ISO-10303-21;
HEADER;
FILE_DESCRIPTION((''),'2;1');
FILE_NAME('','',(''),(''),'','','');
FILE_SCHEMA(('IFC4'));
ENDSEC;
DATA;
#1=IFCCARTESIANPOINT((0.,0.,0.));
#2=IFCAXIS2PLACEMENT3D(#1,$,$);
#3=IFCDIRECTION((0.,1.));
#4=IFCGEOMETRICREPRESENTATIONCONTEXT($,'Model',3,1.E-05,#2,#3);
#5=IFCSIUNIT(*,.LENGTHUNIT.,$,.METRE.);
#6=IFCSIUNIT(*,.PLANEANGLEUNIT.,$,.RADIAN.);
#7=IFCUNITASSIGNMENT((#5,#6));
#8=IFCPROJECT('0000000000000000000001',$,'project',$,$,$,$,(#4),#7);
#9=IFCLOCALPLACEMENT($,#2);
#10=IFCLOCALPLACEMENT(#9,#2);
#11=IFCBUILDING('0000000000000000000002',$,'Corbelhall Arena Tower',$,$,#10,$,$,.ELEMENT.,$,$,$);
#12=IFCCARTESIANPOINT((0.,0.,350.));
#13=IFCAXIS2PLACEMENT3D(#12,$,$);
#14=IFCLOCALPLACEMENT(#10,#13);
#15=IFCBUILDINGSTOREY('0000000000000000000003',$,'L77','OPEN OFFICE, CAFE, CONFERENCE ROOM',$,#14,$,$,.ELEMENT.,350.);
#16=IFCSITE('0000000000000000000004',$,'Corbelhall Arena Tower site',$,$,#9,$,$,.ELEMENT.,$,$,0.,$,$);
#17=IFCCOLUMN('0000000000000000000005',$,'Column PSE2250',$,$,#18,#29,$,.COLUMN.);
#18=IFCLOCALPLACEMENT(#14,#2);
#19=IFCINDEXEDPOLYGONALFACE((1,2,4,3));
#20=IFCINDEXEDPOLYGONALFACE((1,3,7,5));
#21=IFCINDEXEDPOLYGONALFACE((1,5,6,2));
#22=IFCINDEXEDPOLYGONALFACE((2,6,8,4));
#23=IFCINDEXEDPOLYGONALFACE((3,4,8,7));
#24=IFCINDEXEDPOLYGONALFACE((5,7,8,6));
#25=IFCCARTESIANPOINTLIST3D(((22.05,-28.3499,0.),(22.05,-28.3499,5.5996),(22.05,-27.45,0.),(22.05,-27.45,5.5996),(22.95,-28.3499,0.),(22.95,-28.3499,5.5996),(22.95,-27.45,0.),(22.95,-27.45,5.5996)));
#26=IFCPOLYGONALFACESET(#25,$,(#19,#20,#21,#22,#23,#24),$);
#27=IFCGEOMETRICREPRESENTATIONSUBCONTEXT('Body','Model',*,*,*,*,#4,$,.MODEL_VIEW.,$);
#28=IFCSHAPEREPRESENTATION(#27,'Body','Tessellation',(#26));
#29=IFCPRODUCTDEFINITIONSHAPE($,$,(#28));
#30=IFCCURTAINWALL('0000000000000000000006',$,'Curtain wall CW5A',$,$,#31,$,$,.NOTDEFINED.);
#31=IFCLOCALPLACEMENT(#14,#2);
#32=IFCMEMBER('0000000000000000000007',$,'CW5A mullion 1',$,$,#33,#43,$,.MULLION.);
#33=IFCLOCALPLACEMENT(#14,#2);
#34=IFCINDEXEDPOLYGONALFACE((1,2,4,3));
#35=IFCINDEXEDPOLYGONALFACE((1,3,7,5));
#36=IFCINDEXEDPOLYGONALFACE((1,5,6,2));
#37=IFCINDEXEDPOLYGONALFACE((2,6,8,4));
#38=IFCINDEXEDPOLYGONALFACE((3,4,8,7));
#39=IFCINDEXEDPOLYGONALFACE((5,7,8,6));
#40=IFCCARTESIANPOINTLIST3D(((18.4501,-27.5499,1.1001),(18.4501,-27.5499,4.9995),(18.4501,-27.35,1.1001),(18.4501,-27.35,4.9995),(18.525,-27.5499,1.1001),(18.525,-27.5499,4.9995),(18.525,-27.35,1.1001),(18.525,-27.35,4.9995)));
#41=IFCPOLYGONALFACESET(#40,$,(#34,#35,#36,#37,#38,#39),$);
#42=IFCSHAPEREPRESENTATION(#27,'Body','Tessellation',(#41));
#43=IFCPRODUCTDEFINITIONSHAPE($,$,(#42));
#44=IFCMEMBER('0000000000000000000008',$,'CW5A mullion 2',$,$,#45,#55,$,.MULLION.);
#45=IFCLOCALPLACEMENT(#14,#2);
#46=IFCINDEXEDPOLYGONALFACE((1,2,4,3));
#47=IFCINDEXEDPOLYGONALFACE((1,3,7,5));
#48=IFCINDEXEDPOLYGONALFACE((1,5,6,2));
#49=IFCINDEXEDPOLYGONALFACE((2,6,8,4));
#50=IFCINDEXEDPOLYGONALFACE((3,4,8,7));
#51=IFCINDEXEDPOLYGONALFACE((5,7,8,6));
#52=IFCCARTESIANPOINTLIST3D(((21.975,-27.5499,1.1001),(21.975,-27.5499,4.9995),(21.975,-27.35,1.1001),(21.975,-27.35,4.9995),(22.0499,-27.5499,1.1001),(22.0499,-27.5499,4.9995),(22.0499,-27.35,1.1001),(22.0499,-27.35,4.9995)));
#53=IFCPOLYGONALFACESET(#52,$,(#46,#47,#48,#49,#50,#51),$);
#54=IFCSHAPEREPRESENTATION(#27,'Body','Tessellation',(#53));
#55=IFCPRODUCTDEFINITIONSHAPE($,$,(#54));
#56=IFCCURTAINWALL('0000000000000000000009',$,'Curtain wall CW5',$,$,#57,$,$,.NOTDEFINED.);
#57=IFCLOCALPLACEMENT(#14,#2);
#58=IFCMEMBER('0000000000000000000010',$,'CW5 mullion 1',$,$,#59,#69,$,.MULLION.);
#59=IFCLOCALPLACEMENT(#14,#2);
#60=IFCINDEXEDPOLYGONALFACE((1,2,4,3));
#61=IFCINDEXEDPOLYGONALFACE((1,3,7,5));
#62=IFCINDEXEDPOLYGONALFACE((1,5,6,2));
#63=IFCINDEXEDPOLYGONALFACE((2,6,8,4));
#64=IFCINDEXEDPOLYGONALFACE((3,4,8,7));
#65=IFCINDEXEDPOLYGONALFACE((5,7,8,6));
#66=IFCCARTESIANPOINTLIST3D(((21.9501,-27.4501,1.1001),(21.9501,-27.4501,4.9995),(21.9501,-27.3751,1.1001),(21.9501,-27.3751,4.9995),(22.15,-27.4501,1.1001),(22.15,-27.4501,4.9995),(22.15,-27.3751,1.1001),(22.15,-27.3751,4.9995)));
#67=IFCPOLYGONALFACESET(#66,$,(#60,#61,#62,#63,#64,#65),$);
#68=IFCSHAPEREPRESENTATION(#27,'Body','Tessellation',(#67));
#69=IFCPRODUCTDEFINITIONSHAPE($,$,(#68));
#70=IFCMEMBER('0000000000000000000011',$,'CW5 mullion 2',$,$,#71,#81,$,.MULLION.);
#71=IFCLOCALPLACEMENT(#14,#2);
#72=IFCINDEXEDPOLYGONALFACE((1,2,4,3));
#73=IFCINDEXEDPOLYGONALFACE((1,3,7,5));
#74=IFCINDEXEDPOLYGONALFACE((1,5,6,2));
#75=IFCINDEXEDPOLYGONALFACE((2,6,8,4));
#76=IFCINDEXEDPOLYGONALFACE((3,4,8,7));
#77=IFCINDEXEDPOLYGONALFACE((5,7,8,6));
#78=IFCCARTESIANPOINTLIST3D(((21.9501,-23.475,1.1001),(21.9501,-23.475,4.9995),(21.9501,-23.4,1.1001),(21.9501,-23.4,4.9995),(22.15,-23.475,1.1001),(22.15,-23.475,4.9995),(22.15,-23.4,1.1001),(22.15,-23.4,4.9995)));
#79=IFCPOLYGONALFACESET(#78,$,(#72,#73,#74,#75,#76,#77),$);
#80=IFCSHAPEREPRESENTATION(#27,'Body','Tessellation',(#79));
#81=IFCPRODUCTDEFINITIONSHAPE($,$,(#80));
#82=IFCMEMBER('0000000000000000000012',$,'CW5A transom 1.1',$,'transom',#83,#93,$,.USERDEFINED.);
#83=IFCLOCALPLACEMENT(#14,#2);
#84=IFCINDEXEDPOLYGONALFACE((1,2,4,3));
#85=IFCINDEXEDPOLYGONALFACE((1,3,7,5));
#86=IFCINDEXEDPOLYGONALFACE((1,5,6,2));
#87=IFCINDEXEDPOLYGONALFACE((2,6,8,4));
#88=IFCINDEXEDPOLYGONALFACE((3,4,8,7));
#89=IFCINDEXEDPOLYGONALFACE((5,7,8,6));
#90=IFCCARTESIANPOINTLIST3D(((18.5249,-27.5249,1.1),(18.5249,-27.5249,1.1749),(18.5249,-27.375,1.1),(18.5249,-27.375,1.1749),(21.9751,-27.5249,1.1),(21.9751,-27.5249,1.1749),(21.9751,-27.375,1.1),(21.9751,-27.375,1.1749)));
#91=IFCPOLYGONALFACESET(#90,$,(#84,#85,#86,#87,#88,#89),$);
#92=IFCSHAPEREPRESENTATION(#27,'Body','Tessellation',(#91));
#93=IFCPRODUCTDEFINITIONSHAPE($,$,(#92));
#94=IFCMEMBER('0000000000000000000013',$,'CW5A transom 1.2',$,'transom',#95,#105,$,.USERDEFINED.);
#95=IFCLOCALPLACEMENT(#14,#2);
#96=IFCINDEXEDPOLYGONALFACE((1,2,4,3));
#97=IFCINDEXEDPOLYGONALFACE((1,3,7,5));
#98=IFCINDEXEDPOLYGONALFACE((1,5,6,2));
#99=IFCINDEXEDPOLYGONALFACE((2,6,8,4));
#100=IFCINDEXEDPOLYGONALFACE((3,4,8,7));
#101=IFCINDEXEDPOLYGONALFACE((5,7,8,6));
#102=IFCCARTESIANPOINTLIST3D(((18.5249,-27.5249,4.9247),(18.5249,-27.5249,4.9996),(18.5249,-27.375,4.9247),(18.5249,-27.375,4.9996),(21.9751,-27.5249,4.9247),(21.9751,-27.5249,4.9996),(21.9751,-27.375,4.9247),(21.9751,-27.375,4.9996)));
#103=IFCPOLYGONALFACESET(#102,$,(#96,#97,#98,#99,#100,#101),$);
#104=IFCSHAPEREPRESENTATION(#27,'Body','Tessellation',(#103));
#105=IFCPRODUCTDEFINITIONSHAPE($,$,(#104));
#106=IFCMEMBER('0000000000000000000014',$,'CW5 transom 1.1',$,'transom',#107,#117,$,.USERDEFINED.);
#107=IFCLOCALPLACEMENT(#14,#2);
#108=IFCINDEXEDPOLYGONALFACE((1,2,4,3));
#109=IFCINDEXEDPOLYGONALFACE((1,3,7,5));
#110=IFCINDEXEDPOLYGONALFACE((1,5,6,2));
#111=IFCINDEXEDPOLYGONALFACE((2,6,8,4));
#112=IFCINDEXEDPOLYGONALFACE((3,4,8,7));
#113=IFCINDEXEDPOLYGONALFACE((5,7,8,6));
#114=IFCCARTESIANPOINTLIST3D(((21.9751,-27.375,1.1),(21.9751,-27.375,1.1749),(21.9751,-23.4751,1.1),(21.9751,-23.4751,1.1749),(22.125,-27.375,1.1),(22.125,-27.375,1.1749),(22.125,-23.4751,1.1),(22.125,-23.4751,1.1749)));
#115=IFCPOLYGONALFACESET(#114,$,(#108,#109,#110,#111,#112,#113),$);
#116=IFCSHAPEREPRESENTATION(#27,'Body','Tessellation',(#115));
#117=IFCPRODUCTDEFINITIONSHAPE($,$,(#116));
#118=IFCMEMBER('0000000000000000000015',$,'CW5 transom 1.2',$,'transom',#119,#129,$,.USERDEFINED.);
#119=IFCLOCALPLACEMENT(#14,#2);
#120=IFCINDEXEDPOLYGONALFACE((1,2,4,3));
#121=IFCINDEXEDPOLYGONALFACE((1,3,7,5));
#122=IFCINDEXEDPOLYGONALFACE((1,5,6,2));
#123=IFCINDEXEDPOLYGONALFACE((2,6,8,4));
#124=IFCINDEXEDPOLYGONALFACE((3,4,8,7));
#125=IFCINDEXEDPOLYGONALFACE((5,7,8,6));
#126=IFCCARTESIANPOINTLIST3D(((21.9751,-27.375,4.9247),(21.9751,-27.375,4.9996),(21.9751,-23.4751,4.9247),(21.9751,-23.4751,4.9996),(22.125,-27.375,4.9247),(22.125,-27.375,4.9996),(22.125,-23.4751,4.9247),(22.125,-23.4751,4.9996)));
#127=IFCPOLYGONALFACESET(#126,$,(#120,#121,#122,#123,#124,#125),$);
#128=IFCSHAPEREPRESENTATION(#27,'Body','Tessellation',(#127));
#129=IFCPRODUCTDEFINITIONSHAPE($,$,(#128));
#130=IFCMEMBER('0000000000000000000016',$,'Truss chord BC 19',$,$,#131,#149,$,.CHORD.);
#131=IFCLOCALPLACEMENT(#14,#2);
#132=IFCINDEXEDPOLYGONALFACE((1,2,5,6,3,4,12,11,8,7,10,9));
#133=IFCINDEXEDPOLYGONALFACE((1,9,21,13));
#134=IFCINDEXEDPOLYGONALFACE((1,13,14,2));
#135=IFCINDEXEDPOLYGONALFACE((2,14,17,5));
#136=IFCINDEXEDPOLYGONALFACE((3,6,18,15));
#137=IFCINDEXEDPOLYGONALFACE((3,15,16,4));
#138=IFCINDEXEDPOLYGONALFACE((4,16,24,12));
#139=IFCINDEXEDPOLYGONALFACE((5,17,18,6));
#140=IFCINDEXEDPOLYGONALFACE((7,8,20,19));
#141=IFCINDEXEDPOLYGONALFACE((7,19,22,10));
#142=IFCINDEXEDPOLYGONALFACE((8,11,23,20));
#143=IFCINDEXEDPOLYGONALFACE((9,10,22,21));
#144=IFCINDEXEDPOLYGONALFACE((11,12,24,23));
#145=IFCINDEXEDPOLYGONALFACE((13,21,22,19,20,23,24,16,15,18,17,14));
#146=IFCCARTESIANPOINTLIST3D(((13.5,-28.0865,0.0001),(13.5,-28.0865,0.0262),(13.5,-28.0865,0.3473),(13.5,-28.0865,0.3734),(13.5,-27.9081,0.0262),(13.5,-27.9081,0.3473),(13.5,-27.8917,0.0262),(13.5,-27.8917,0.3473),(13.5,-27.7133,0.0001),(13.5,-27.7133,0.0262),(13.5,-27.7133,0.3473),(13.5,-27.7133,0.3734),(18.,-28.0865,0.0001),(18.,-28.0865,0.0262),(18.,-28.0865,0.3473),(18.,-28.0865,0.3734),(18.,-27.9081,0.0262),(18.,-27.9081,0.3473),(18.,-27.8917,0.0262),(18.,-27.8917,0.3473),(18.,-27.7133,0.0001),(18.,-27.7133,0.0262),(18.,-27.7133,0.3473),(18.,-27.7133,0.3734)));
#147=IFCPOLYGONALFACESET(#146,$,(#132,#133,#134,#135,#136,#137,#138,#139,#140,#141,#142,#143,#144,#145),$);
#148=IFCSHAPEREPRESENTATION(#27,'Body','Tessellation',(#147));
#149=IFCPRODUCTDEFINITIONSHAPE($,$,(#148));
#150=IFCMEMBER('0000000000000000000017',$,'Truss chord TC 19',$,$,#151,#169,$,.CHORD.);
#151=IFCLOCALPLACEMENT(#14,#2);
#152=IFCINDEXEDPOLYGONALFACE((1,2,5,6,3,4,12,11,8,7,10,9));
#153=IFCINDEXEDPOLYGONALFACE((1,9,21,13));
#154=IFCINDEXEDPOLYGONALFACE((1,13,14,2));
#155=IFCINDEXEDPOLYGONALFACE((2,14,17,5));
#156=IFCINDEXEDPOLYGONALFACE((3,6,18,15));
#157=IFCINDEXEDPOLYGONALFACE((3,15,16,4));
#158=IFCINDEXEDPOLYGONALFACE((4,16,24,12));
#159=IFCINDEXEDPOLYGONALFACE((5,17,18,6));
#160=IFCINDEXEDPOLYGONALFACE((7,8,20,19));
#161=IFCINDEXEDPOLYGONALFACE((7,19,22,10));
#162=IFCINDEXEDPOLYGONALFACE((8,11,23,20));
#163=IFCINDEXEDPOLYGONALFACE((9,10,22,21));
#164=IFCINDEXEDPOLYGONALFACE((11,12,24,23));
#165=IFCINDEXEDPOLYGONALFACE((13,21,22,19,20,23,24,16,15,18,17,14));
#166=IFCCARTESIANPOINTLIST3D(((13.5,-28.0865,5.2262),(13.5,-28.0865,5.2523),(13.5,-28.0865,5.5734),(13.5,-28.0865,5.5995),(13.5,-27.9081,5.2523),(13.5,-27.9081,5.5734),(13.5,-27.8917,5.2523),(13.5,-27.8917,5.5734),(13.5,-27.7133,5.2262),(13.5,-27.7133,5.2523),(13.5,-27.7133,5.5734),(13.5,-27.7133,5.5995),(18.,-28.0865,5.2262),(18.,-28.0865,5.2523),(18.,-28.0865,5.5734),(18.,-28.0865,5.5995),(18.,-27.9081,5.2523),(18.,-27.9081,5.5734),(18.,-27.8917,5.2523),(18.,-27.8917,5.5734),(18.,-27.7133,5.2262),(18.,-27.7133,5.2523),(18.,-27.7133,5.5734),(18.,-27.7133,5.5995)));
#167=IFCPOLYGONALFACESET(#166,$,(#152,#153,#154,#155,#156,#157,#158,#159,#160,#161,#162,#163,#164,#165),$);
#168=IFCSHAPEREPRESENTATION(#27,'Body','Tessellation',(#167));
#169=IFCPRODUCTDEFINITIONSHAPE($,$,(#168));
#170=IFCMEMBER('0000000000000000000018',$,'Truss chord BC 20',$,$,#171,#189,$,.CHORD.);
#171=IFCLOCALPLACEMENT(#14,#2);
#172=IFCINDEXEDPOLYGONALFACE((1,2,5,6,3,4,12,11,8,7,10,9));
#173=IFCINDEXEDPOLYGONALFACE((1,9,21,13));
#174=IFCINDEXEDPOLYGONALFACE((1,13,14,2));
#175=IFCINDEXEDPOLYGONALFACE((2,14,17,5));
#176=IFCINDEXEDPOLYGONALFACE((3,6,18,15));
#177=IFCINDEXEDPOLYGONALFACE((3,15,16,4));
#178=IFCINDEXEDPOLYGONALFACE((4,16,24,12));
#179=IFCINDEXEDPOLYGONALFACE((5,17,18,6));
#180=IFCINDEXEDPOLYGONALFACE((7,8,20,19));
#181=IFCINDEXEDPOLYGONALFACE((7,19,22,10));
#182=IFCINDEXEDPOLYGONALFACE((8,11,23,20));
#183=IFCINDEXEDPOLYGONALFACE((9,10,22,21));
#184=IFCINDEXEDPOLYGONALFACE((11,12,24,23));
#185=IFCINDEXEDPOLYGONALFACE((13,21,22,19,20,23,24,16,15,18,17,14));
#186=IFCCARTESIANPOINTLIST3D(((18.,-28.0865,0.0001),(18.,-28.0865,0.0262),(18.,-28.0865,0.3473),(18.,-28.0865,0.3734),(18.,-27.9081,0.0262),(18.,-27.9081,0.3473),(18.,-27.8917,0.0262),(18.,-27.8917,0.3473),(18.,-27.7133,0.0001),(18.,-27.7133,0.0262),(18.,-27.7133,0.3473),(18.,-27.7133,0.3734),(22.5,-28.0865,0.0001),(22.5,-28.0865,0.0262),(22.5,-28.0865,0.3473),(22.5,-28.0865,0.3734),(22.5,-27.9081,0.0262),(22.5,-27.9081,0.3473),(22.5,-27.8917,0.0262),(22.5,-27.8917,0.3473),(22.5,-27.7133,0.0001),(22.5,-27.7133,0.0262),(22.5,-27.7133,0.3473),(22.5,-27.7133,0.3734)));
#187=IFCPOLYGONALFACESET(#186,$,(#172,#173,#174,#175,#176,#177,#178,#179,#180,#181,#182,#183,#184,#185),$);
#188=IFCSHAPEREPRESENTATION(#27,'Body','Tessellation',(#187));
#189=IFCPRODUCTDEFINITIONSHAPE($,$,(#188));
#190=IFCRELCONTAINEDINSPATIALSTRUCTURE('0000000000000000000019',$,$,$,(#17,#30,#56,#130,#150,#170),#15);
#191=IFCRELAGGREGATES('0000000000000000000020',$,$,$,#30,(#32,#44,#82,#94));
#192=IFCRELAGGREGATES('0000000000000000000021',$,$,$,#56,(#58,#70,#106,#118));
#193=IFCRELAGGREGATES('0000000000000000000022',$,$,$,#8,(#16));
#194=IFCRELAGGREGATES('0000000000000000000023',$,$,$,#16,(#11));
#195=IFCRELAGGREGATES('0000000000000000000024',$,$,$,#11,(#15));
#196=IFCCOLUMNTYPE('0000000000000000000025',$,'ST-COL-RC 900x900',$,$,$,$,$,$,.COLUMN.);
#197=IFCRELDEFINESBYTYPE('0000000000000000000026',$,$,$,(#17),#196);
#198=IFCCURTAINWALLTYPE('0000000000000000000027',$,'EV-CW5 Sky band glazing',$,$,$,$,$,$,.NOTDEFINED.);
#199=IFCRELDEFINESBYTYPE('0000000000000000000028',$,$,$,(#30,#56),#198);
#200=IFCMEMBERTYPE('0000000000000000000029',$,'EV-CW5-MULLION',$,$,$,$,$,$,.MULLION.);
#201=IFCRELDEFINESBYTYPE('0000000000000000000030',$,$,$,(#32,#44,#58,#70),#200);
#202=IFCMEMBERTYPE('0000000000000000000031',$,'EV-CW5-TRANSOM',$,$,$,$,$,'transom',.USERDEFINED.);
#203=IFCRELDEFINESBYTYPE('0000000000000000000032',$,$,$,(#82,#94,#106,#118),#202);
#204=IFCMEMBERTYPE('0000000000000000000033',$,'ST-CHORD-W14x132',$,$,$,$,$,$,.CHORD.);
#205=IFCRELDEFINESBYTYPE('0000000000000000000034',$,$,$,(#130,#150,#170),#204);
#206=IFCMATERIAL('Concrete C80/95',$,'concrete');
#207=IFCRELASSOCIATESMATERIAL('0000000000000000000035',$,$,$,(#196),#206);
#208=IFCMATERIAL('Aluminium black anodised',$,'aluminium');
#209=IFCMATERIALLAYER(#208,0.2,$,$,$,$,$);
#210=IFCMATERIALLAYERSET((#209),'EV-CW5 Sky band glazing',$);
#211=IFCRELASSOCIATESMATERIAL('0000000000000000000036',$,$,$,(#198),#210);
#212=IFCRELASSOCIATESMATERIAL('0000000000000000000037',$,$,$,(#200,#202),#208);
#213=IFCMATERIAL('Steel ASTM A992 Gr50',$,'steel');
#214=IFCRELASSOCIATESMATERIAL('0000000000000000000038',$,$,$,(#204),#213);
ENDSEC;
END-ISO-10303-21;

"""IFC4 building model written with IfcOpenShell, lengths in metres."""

from ifc_helpers import new_model, si_unit, direction, frame, origin, origin_2d, place, context, subcontext, project, spatial, rectangle, i_section, extrude, material, layer, layer_set, material_profile, profile_set, type_object, element, aggregate, save


model = new_model("IFC4")

# Units and contexts
model_context = context("Model", 3, precision=1e-05, world=origin(), true_north=direction((0.0, 1.0)))
body_context = subcontext(model_context, "Body", "Model", "MODEL_VIEW")
ifc_project = project(units=[si_unit("LENGTHUNIT", "METRE"), si_unit("PLANEANGLEUNIT", "RADIAN")], contexts=[model_context])

# Site, building, storey
site_placement = place(None, origin())
site = spatial("IfcSite", under=ifc_project, at=site_placement, Name="Corbelhall Arena Tower site", CompositionType="ELEMENT", RefElevation=0.0)
building_placement = place(site_placement, origin())
building = spatial("IfcBuilding", under=site, at=building_placement, Name="Corbelhall Arena Tower", CompositionType="ELEMENT")
storey_placement = place(building_placement, frame((0.0, 0.0, 350.0)))
storey = spatial("IfcBuildingStorey", under=building, at=storey_placement, Name="L77", Description="OPEN OFFICE, CAFE, CONFERENCE ROOM", CompositionType="ELEMENT", Elevation=350.0)

# Column
ifc_material_1 = material(Name="Concrete C80/95", Category="concrete")
ifc_material_profile_1 = material_profile(ifc_material_1, rectangle(XDim=0.8999, YDim=0.8999, at=origin_2d()))
ifc_profile_set_1 = profile_set([ifc_material_profile_1], Name="Concrete C80/95")
column_type = type_object("IfcColumnType", Name="ST-COL-RC 900x900", PredefinedType="COLUMN", material=ifc_profile_set_1)
column_placement = place(storey_placement, frame((22.5, -27.8999, 0.0), z_axis=(0.0, 0.0, 1.0), x_axis=(1.0, 0.0, 0.0)))
element("IfcColumn", 1, at=column_placement, inside=storey, type_object=column_type, Name="Column PSE2250", PredefinedType="COLUMN", context=body_context, shape_type="SweptSolid", body=[
    extrude(rectangle(XDim=0.8999, YDim=0.8999, at=origin_2d()), origin(), (0.0, 0.0, 1.0), 5.5996),
])

# Curtain walls, members
ifc_material_2 = material(Name="Aluminium black anodised", Category="aluminium")
ifc_layer_1 = layer(ifc_material_2, 0.2)
ifc_layer_set_1 = layer_set([ifc_layer_1], Name="EV-CW5 Sky band glazing")
curtain_wall_type = type_object("IfcCurtainWallType", Name="EV-CW5 Sky band glazing", PredefinedType="NOTDEFINED", material=ifc_layer_set_1)
curtain_wall_1_placement = place(storey_placement, origin())
curtain_wall_1 = element("IfcCurtainWall", 2, at=curtain_wall_1_placement, inside=storey, type_object=curtain_wall_type, Name="Curtain wall CW5A", PredefinedType="NOTDEFINED")
ifc_material_profile_2 = material_profile(ifc_material_2, rectangle(XDim=0.2, YDim=0.075, at=origin_2d()))
ifc_profile_set_2 = profile_set([ifc_material_profile_2], Name="Aluminium black anodised")
member_type_1 = type_object("IfcMemberType", Name="EV-CW5-MULLION", PredefinedType="MULLION", material=ifc_profile_set_2)
member_1_placement = place(storey_placement, frame((18.4875, -27.45, 1.1001), z_axis=(0.0, 0.0, 1.0), x_axis=(0.0, 1.0, 0.0)))
member_1 = element("IfcMember", 3, at=member_1_placement, type_object=member_type_1, Name="CW5A mullion 1", PredefinedType="MULLION", context=body_context, shape_type="SweptSolid", body=[
    extrude(rectangle(XDim=0.2, YDim=0.075, at=origin_2d()), origin(), (0.0, 0.0, 1.0), 3.8994),
])
member_2_placement = place(storey_placement, frame((22.0125, -27.45, 1.1001), z_axis=(0.0, 0.0, 1.0), x_axis=(0.0, 1.0, 0.0)))
member_2 = element("IfcMember", 4, at=member_2_placement, type_object=member_type_1, Name="CW5A mullion 2", PredefinedType="MULLION", context=body_context, shape_type="SweptSolid", body=[
    extrude(rectangle(XDim=0.2, YDim=0.075, at=origin_2d()), origin(), (0.0, 0.0, 1.0), 3.8994),
])
curtain_wall_2_placement = place(storey_placement, origin())
curtain_wall_2 = element("IfcCurtainWall", 5, at=curtain_wall_2_placement, inside=storey, type_object=curtain_wall_type, Name="Curtain wall CW5", PredefinedType="NOTDEFINED")
member_3_placement = place(storey_placement, frame((22.05, -27.4126, 1.1001), z_axis=(0.0, 0.0, 1.0), x_axis=(-1.0, 0.0, 0.0)))
member_3 = element("IfcMember", 6, at=member_3_placement, type_object=member_type_1, Name="CW5 mullion 1", PredefinedType="MULLION", context=body_context, shape_type="SweptSolid", body=[
    extrude(rectangle(XDim=0.2, YDim=0.075, at=origin_2d()), origin(), (0.0, 0.0, 1.0), 3.8994),
])
member_4_placement = place(storey_placement, frame((22.05, -23.4375, 1.1001), z_axis=(0.0, 0.0, 1.0), x_axis=(-1.0, 0.0, 0.0)))
member_4 = element("IfcMember", 7, at=member_4_placement, type_object=member_type_1, Name="CW5 mullion 2", PredefinedType="MULLION", context=body_context, shape_type="SweptSolid", body=[
    extrude(rectangle(XDim=0.2, YDim=0.075, at=origin_2d()), origin(), (0.0, 0.0, 1.0), 3.8994),
])

# Members
ifc_material_profile_3 = material_profile(ifc_material_2, rectangle(XDim=0.1499, YDim=0.075, at=origin_2d()))
ifc_profile_set_3 = profile_set([ifc_material_profile_3], Name="Aluminium black anodised")
member_type_2 = type_object("IfcMemberType", Name="EV-CW5-TRANSOM", ElementType="transom", PredefinedType="USERDEFINED", material=ifc_profile_set_3)
member_5_placement = place(storey_placement, frame((18.5249, -27.45, 1.1375), z_axis=(1.0, 0.0, 0.0), x_axis=(0.0, 1.0, 0.0)))
member_5 = element("IfcMember", 8, at=member_5_placement, type_object=member_type_2, Name="CW5A transom 1.1", ObjectType="transom", PredefinedType="USERDEFINED", context=body_context, shape_type="SweptSolid", body=[
    extrude(rectangle(XDim=0.1499, YDim=0.075, at=origin_2d()), origin(), (0.0, 0.0, 1.0), 3.4502),
])
member_6_placement = place(storey_placement, frame((18.5249, -27.45, 4.9622), z_axis=(1.0, 0.0, 0.0), x_axis=(0.0, 1.0, 0.0)))
member_6 = element("IfcMember", 9, at=member_6_placement, type_object=member_type_2, Name="CW5A transom 1.2", ObjectType="transom", PredefinedType="USERDEFINED", context=body_context, shape_type="SweptSolid", body=[
    extrude(rectangle(XDim=0.1499, YDim=0.075, at=origin_2d()), origin(), (0.0, 0.0, 1.0), 3.4502),
])
member_7_placement = place(storey_placement, frame((22.05, -27.375, 1.1375), z_axis=(0.0, 1.0, 0.0), x_axis=(-1.0, 0.0, 0.0)))
member_7 = element("IfcMember", 10, at=member_7_placement, type_object=member_type_2, Name="CW5 transom 1.1", ObjectType="transom", PredefinedType="USERDEFINED", context=body_context, shape_type="SweptSolid", body=[
    extrude(rectangle(XDim=0.1499, YDim=0.075, at=origin_2d()), origin(), (0.0, 0.0, 1.0), 3.8999),
])
member_8_placement = place(storey_placement, frame((22.05, -27.375, 4.9622), z_axis=(0.0, 1.0, 0.0), x_axis=(-1.0, 0.0, 0.0)))
member_8 = element("IfcMember", 11, at=member_8_placement, type_object=member_type_2, Name="CW5 transom 1.2", ObjectType="transom", PredefinedType="USERDEFINED", context=body_context, shape_type="SweptSolid", body=[
    extrude(rectangle(XDim=0.1499, YDim=0.075, at=origin_2d()), origin(), (0.0, 0.0, 1.0), 3.8999),
])

# Members
ifc_material_3 = material(Name="Steel ASTM A992 Gr50", Category="steel")
ifc_material_profile_4 = material_profile(ifc_material_3, i_section(OverallWidth=0.3733, OverallDepth=0.3733, WebThickness=0.0164, FlangeThickness=0.0261, at=origin_2d()))
ifc_profile_set_4 = profile_set([ifc_material_profile_4], Name="Steel ASTM A992 Gr50")
member_type_3 = type_object("IfcMemberType", Name="ST-CHORD-W14x132", PredefinedType="CHORD", material=ifc_profile_set_4)
for number, where, z_axis, x_axis, name in (
    (12, (18.0, -27.8999, 0.1868), (-1.0, 0.0, 0.0), (0.0, -1.0, 0.0), "Truss chord BC 19"),
    (13, (18.0, -27.8999, 5.4128), (-1.0, 0.0, 0.0), (0.0, -1.0, 0.0), "Truss chord TC 19"),
    (14, (22.5, -27.8999, 0.1868), (-1.0, 0.0, 0.0), (0.0, -1.0, 0.0), "Truss chord BC 20"),
):
    element("IfcMember", number, at=place(storey_placement, frame(where, z_axis=z_axis, x_axis=x_axis)), inside=storey, type_object=member_type_3, Name=name, PredefinedType="CHORD", context=body_context, shape_type="SweptSolid", body=[
        extrude(i_section(OverallWidth=0.3733, OverallDepth=0.3733, WebThickness=0.0164, FlangeThickness=0.0261, at=origin_2d()), origin(), (0.0, 0.0, 1.0), 4.5),
    ])

aggregate(curtain_wall_1, [member_1, member_2, member_5, member_6])
aggregate(curtain_wall_2, [member_3, member_4, member_7, member_8])

save(model, "model.ifc")
